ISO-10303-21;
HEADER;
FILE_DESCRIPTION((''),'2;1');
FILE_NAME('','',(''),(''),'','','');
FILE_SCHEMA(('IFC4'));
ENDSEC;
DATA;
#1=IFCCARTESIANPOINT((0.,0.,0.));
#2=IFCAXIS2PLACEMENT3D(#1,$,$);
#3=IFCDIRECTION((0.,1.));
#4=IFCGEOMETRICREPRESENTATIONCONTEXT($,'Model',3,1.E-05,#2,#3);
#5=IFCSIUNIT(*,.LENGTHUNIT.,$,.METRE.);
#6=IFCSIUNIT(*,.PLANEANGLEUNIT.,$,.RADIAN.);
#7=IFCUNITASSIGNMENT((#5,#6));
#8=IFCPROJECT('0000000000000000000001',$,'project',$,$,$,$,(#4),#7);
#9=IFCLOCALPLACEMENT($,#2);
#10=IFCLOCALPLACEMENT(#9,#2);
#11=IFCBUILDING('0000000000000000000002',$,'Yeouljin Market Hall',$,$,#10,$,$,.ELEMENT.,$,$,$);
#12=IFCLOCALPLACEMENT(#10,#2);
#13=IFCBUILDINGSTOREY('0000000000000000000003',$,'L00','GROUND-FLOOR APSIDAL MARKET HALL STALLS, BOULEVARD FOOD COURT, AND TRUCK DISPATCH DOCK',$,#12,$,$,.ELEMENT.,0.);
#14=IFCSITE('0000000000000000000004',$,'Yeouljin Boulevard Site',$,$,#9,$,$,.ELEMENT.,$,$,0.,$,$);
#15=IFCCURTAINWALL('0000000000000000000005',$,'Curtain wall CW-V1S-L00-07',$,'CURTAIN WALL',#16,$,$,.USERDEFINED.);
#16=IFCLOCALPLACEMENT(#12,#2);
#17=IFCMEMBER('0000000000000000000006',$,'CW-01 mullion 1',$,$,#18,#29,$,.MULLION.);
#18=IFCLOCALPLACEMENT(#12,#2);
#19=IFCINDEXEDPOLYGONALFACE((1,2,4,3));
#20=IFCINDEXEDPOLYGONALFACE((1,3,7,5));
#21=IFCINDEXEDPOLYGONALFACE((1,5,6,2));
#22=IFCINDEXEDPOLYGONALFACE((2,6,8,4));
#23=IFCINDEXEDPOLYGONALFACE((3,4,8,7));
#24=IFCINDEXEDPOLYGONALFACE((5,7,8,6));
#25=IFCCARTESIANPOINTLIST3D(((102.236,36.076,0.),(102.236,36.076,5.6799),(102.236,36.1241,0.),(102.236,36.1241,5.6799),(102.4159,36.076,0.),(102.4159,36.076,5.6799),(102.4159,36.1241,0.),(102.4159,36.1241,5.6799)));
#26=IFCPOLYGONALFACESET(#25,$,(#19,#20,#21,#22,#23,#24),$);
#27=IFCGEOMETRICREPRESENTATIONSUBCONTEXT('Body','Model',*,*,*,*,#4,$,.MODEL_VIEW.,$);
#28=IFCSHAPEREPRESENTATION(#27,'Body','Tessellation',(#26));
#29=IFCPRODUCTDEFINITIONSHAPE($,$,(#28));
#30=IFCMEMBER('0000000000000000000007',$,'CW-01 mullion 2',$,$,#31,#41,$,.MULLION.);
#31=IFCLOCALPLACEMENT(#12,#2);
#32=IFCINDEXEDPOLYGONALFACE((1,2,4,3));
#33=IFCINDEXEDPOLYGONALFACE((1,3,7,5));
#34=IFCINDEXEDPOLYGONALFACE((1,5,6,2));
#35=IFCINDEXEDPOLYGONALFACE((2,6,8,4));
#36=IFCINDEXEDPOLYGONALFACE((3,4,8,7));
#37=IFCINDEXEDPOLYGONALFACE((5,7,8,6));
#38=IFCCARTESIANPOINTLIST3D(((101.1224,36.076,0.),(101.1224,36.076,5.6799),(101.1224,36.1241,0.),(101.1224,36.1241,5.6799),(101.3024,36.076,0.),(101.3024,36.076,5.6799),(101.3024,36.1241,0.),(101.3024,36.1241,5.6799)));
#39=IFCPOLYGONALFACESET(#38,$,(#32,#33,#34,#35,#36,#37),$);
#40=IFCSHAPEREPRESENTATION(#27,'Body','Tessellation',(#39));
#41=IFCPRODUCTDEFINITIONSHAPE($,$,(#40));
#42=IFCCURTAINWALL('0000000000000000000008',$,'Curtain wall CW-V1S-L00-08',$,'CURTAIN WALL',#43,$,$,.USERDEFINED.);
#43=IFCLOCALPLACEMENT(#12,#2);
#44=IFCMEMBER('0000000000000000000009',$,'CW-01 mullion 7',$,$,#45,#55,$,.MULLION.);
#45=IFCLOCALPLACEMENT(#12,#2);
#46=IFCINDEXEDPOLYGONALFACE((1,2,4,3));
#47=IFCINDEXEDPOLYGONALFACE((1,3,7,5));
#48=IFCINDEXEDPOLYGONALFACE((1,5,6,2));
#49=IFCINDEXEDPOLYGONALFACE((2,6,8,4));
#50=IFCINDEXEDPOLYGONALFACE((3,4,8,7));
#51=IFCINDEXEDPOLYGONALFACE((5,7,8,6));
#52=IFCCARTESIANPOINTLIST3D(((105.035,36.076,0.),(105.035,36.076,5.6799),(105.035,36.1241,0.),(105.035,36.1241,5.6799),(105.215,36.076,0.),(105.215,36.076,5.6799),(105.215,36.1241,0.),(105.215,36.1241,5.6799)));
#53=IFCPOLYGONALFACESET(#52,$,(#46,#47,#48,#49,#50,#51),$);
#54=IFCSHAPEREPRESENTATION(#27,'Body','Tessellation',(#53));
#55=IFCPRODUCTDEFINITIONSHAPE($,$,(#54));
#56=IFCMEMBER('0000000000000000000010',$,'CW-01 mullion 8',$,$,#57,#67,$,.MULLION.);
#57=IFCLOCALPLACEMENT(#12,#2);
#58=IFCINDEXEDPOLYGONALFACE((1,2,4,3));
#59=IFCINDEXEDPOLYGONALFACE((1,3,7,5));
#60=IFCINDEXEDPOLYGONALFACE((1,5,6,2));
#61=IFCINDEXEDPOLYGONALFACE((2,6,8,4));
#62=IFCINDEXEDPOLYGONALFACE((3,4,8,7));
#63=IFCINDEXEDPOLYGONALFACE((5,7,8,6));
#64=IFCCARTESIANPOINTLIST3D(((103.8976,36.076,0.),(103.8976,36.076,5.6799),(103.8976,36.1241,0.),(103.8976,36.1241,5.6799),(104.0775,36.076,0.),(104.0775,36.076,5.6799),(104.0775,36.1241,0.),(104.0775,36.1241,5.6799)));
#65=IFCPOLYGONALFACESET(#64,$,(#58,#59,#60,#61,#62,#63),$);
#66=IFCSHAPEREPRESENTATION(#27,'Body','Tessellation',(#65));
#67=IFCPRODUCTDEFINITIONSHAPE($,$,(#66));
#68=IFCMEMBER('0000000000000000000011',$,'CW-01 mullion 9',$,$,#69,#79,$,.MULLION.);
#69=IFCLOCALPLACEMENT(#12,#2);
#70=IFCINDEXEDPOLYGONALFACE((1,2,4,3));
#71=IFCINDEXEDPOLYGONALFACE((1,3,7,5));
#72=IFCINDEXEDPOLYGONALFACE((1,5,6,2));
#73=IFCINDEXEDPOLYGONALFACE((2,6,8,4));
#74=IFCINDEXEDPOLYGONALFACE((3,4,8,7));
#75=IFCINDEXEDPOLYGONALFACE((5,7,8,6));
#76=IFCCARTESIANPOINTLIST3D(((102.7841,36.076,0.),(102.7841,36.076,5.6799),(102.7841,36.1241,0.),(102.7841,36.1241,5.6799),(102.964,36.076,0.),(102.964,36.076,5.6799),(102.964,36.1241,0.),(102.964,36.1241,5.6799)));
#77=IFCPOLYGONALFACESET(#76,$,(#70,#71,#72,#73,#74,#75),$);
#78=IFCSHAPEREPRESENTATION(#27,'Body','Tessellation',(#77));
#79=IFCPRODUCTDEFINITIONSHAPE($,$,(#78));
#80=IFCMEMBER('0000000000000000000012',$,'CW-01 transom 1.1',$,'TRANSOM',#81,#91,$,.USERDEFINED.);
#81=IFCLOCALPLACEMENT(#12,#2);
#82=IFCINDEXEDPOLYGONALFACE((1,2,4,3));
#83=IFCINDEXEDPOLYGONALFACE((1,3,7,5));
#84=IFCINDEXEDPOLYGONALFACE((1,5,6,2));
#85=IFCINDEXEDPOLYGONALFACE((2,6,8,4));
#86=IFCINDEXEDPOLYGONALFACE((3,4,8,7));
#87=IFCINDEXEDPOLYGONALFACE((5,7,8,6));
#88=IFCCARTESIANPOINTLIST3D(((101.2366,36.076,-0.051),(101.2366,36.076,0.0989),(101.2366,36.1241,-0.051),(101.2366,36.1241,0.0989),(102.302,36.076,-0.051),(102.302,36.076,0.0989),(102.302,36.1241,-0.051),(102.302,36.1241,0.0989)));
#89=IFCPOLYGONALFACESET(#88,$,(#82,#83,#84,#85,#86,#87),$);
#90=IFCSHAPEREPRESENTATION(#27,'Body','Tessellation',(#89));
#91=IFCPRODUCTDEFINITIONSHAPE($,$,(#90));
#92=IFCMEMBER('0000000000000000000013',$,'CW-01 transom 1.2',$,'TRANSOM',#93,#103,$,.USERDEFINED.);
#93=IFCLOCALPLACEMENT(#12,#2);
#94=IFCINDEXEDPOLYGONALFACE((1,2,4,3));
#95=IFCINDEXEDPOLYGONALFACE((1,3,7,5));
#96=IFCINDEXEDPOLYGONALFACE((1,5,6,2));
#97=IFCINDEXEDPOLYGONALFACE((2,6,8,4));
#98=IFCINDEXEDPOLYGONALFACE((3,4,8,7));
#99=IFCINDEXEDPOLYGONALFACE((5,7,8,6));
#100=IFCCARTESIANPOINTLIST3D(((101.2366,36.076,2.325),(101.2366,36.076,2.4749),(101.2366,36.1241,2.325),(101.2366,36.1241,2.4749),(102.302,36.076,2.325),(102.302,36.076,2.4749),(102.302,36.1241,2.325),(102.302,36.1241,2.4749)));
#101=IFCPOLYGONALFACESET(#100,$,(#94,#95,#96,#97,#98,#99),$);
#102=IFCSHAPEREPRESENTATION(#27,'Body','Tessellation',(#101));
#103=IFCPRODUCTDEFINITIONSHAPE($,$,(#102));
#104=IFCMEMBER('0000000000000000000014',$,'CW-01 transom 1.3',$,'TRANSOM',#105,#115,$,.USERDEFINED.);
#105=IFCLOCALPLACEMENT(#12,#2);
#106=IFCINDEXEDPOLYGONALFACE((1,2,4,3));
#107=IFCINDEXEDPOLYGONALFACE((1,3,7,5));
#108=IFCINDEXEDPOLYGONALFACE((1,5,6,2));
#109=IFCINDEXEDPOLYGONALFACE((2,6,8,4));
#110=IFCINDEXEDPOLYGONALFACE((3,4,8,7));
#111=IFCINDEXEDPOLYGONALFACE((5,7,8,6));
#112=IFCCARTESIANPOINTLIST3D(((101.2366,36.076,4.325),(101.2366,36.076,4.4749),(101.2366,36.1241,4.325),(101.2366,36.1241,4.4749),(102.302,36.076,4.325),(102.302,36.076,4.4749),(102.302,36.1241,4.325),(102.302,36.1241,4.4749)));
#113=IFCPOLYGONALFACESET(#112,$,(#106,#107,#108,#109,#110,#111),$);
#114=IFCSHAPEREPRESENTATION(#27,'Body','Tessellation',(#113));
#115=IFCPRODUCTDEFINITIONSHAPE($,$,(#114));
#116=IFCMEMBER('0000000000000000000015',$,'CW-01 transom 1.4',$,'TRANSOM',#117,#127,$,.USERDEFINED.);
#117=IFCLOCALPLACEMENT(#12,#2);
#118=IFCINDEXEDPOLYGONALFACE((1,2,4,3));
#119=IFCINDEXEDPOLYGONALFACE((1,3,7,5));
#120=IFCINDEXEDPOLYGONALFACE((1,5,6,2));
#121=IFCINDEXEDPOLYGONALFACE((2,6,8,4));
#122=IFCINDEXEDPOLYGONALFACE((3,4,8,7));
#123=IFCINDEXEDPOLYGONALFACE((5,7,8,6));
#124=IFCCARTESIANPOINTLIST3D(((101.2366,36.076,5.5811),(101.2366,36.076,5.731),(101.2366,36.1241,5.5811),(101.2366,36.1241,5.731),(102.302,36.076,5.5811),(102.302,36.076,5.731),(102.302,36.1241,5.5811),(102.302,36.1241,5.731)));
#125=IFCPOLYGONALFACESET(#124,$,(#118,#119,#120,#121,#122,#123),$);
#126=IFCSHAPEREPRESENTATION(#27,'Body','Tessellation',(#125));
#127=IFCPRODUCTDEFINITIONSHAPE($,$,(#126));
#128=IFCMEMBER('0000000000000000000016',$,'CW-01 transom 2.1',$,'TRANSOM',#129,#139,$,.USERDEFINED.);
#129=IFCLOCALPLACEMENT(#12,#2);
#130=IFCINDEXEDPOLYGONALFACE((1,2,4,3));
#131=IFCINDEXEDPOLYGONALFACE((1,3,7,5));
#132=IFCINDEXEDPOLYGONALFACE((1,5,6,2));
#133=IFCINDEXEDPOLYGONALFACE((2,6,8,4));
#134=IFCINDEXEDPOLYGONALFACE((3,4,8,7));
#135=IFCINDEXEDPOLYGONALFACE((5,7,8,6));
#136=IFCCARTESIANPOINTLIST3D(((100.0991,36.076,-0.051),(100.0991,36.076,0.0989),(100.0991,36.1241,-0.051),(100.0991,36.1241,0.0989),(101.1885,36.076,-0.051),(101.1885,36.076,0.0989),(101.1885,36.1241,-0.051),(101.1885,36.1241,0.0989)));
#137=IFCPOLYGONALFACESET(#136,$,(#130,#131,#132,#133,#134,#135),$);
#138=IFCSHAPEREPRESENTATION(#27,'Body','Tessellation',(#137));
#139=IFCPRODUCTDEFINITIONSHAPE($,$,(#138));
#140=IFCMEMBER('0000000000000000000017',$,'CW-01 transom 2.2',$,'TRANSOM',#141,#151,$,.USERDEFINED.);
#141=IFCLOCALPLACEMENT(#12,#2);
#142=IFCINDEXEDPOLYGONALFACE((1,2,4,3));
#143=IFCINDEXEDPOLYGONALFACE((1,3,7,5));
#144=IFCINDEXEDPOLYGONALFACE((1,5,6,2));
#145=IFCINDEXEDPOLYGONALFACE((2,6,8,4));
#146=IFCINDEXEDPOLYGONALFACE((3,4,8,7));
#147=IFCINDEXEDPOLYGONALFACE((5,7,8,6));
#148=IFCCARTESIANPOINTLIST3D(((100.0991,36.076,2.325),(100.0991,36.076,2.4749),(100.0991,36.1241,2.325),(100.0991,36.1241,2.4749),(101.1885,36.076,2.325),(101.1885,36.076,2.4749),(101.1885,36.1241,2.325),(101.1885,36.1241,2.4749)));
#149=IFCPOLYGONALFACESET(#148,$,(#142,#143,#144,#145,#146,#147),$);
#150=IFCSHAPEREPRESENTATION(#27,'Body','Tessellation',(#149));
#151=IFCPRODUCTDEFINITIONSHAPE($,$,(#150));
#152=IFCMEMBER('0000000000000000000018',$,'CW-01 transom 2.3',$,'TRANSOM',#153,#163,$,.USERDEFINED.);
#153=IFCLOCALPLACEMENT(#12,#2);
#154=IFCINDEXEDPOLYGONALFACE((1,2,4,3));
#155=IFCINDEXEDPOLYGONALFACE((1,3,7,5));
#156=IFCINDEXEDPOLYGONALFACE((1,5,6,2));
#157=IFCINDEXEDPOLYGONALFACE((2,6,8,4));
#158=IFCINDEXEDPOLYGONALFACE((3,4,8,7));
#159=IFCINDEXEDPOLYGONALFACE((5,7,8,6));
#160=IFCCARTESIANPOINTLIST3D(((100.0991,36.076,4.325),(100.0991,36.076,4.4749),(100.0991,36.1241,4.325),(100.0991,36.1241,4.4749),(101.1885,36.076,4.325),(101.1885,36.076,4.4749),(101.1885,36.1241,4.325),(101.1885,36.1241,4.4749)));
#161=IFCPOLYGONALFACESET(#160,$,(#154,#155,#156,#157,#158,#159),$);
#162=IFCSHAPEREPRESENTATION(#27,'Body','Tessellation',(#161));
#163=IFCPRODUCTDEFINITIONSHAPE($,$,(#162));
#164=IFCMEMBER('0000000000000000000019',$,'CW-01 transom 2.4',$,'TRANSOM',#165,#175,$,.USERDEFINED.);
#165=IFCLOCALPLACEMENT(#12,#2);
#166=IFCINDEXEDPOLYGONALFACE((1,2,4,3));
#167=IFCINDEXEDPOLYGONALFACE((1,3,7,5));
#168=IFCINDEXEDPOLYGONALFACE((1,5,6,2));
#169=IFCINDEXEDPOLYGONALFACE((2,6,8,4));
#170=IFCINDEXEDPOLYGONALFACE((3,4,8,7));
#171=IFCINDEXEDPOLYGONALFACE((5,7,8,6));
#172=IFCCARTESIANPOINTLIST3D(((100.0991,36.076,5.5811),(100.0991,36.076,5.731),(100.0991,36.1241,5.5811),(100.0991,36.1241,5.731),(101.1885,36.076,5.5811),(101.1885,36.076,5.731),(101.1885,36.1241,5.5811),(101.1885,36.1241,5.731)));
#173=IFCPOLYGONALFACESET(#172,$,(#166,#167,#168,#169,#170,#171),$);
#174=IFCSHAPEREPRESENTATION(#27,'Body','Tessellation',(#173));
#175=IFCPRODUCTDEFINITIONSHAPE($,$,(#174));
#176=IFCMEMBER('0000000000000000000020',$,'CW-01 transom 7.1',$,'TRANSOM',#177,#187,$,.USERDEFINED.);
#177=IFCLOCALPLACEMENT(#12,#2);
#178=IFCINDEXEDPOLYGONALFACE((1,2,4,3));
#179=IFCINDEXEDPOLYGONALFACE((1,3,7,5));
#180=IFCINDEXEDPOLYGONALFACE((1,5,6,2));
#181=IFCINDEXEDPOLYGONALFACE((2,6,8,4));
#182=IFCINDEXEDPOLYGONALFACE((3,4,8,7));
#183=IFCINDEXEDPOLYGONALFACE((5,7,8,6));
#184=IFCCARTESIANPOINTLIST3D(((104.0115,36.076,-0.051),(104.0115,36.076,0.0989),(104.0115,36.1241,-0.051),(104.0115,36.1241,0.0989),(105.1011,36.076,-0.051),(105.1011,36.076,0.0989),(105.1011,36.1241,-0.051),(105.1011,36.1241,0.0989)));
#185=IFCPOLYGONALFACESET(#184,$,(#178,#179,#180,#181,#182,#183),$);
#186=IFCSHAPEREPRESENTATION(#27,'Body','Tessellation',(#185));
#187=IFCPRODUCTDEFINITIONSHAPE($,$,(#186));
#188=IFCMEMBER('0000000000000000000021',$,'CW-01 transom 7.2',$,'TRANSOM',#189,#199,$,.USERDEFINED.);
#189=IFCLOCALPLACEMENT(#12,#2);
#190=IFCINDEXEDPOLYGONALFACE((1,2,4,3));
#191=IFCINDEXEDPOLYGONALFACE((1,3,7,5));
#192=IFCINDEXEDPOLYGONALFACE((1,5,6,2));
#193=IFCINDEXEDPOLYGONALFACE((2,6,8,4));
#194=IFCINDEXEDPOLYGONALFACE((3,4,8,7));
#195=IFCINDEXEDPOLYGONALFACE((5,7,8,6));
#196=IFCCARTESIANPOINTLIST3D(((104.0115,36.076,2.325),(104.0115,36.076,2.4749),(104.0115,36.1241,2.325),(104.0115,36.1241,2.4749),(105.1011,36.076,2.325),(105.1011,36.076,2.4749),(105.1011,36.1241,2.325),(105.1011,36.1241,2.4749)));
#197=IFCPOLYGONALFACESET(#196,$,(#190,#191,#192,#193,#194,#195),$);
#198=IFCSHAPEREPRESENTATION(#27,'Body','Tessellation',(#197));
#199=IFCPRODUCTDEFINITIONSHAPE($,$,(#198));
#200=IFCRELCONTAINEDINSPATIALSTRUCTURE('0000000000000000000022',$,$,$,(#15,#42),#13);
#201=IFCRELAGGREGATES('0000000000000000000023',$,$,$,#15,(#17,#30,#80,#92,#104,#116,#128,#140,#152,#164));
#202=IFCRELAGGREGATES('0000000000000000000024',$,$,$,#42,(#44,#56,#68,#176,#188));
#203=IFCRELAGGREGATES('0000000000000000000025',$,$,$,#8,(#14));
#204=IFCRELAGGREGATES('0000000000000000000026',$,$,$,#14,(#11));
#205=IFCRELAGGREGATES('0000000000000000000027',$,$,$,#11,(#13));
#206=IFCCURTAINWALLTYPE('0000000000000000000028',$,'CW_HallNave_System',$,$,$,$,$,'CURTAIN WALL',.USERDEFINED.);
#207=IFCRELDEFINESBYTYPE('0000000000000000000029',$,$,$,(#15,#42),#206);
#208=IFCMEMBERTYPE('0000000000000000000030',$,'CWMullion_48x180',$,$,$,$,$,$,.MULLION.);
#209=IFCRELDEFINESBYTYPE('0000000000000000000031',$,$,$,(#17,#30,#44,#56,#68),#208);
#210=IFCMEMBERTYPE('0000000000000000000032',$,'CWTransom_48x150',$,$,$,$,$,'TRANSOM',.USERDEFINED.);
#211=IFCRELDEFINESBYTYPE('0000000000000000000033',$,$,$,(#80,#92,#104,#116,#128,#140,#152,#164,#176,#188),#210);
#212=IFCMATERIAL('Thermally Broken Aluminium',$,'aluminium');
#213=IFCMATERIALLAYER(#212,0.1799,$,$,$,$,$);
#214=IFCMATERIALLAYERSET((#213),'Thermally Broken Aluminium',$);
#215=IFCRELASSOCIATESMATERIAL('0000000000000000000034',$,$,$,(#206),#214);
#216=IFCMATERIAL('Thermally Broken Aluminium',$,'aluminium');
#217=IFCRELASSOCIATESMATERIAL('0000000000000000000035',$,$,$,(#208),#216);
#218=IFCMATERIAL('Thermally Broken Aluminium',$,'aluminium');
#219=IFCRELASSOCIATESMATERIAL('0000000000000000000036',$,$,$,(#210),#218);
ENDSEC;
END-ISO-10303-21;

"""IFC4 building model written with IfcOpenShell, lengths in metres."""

from ifc_helpers import new_model, si_unit, direction, frame, origin, origin_2d, place, context, subcontext, project, spatial, rectangle, extrude, material, layer, layer_set, material_profile, profile_set, type_object, element, aggregate, save


model = new_model("IFC4")

# Units and contexts
model_context = context("Model", 3, precision=1e-05, world=origin(), true_north=direction((0.0, 1.0)))
body_context = subcontext(model_context, "Body", "Model", "MODEL_VIEW")
ifc_project = project(units=[si_unit("LENGTHUNIT", "METRE"), si_unit("PLANEANGLEUNIT", "RADIAN")], contexts=[model_context])

# Site, building, storey
site_placement = place(None, origin())
site = spatial("IfcSite", under=ifc_project, at=site_placement, Name="Yeouljin Boulevard Site", CompositionType="ELEMENT", RefElevation=0.0)
building_placement = place(site_placement, origin())
building = spatial("IfcBuilding", under=site, at=building_placement, Name="Yeouljin Market Hall", CompositionType="ELEMENT")
storey_placement = place(building_placement, origin())
storey = spatial("IfcBuildingStorey", under=building, at=storey_placement, Name="L00", Description="GROUND-FLOOR APSIDAL MARKET HALL STALLS, BOULEVARD FOOD COURT, AND TRUCK DISPATCH DOCK", CompositionType="ELEMENT", Elevation=0.0)

# Curtain walls, members
ifc_material_1 = material(Name="Thermally Broken Aluminium", Category="aluminium")
ifc_layer_1 = layer(ifc_material_1, 0.1799)
ifc_layer_set_1 = layer_set([ifc_layer_1], Name="Thermally Broken Aluminium")
curtain_wall_type = type_object("IfcCurtainWallType", Name="CW_HallNave_System", ElementType="CURTAIN WALL", PredefinedType="USERDEFINED", material=ifc_layer_set_1)
curtain_wall_1_placement = place(storey_placement, origin())
curtain_wall_1 = element("IfcCurtainWall", 1, at=curtain_wall_1_placement, inside=storey, type_object=curtain_wall_type, Name="Curtain wall CW-V1S-L00-07", ObjectType="CURTAIN WALL", PredefinedType="USERDEFINED")
ifc_material_2 = material(Name="Thermally Broken Aluminium", Category="aluminium")
ifc_material_profile_1 = material_profile(ifc_material_2, rectangle(XDim=0.0481, YDim=0.1799, at=origin_2d()), Name="CW-MULL-48x180")
ifc_profile_set_1 = profile_set([ifc_material_profile_1], Name="Thermally Broken Aluminium")
member_type_1 = type_object("IfcMemberType", Name="CWMullion_48x180", PredefinedType="MULLION", material=ifc_profile_set_1)
member_1_placement = place(storey_placement, frame((102.3259, 36.1001, 0.0), z_axis=(0.0, 0.0, 1.0), x_axis=(0.0, -1.0, 0.0)))
member_1 = element("IfcMember", 2, at=member_1_placement, type_object=member_type_1, Name="CW-01 mullion 1", PredefinedType="MULLION", context=body_context, shape_type="SweptSolid", body=[
    extrude(rectangle(XDim=0.0481, YDim=0.1799, at=origin_2d()), origin(), (0.0, 0.0, 1.0), 5.6799),
])
member_2_placement = place(storey_placement, frame((101.2124, 36.1001, 0.0), z_axis=(0.0, 0.0, 1.0), x_axis=(0.0, -1.0, 0.0)))
member_2 = element("IfcMember", 3, at=member_2_placement, type_object=member_type_1, Name="CW-01 mullion 2", PredefinedType="MULLION", context=body_context, shape_type="SweptSolid", body=[
    extrude(rectangle(XDim=0.0481, YDim=0.1799, at=origin_2d()), origin(), (0.0, 0.0, 1.0), 5.6799),
])
curtain_wall_2_placement = place(storey_placement, origin())
curtain_wall_2 = element("IfcCurtainWall", 4, at=curtain_wall_2_placement, inside=storey, type_object=curtain_wall_type, Name="Curtain wall CW-V1S-L00-08", ObjectType="CURTAIN WALL", PredefinedType="USERDEFINED")
member_3_placement = place(storey_placement, frame((105.125, 36.1001, 0.0), z_axis=(0.0, 0.0, 1.0), x_axis=(0.0, -1.0, 0.0)))
member_3 = element("IfcMember", 5, at=member_3_placement, type_object=member_type_1, Name="CW-01 mullion 7", PredefinedType="MULLION", context=body_context, shape_type="SweptSolid", body=[
    extrude(rectangle(XDim=0.0481, YDim=0.1799, at=origin_2d()), origin(), (0.0, 0.0, 1.0), 5.6799),
])
member_4_placement = place(storey_placement, frame((103.9875, 36.1001, 0.0), z_axis=(0.0, 0.0, 1.0), x_axis=(0.0, -1.0, 0.0)))
member_4 = element("IfcMember", 6, at=member_4_placement, type_object=member_type_1, Name="CW-01 mullion 8", PredefinedType="MULLION", context=body_context, shape_type="SweptSolid", body=[
    extrude(rectangle(XDim=0.0481, YDim=0.1799, at=origin_2d()), origin(), (0.0, 0.0, 1.0), 5.6799),
])
member_5_placement = place(storey_placement, frame((102.874, 36.1001, 0.0), z_axis=(0.0, 0.0, 1.0), x_axis=(0.0, -1.0, 0.0)))
member_5 = element("IfcMember", 7, at=member_5_placement, type_object=member_type_1, Name="CW-01 mullion 9", PredefinedType="MULLION", context=body_context, shape_type="SweptSolid", body=[
    extrude(rectangle(XDim=0.0481, YDim=0.1799, at=origin_2d()), origin(), (0.0, 0.0, 1.0), 5.6799),
])

# Members
ifc_material_3 = material(Name="Thermally Broken Aluminium", Category="aluminium")
ifc_material_profile_2 = material_profile(ifc_material_3, rectangle(XDim=0.0481, YDim=0.1499, at=origin_2d()), Name="CW-TRAN-48x150")
ifc_profile_set_2 = profile_set([ifc_material_profile_2], Name="Thermally Broken Aluminium")
member_type_2 = type_object("IfcMemberType", Name="CWTransom_48x150", ElementType="TRANSOM", PredefinedType="USERDEFINED", material=ifc_profile_set_2)
member_6_placement = place(storey_placement, frame((102.302, 36.1001, 0.0239), z_axis=(-1.0, 0.0, 0.0), x_axis=(0.0, -1.0, 0.0)))
member_6 = element("IfcMember", 8, at=member_6_placement, type_object=member_type_2, Name="CW-01 transom 1.1", ObjectType="TRANSOM", PredefinedType="USERDEFINED", context=body_context, shape_type="SweptSolid", body=[
    extrude(rectangle(XDim=0.0481, YDim=0.1499, at=origin_2d()), origin(), (0.0, 0.0, 1.0), 1.0654),
])
member_7_placement = place(storey_placement, frame((102.302, 36.1001, 2.3999), z_axis=(-1.0, 0.0, 0.0), x_axis=(0.0, -1.0, 0.0)))
member_7 = element("IfcMember", 9, at=member_7_placement, type_object=member_type_2, Name="CW-01 transom 1.2", ObjectType="TRANSOM", PredefinedType="USERDEFINED", context=body_context, shape_type="SweptSolid", body=[
    extrude(rectangle(XDim=0.0481, YDim=0.1499, at=origin_2d()), origin(), (0.0, 0.0, 1.0), 1.0654),
])
member_8_placement = place(storey_placement, frame((102.302, 36.1001, 4.3999), z_axis=(-1.0, 0.0, 0.0), x_axis=(0.0, -1.0, 0.0)))
member_8 = element("IfcMember", 10, at=member_8_placement, type_object=member_type_2, Name="CW-01 transom 1.3", ObjectType="TRANSOM", PredefinedType="USERDEFINED", context=body_context, shape_type="SweptSolid", body=[
    extrude(rectangle(XDim=0.0481, YDim=0.1499, at=origin_2d()), origin(), (0.0, 0.0, 1.0), 1.0654),
])
member_9_placement = place(storey_placement, frame((102.302, 36.1001, 5.656), z_axis=(-1.0, 0.0, 0.0), x_axis=(0.0, -1.0, 0.0)))
member_9 = element("IfcMember", 11, at=member_9_placement, type_object=member_type_2, Name="CW-01 transom 1.4", ObjectType="TRANSOM", PredefinedType="USERDEFINED", context=body_context, shape_type="SweptSolid", body=[
    extrude(rectangle(XDim=0.0481, YDim=0.1499, at=origin_2d()), origin(), (0.0, 0.0, 1.0), 1.0654),
])
member_10_placement = place(storey_placement, frame((101.1885, 36.1001, 0.0239), z_axis=(-1.0, 0.0, 0.0), x_axis=(0.0, -1.0, 0.0)))
member_10 = element("IfcMember", 12, at=member_10_placement, type_object=member_type_2, Name="CW-01 transom 2.1", ObjectType="TRANSOM", PredefinedType="USERDEFINED", context=body_context, shape_type="SweptSolid", body=[
    extrude(rectangle(XDim=0.0481, YDim=0.1499, at=origin_2d()), origin(), (0.0, 0.0, 1.0), 1.0894),
])
member_11_placement = place(storey_placement, frame((101.1885, 36.1001, 2.3999), z_axis=(-1.0, 0.0, 0.0), x_axis=(0.0, -1.0, 0.0)))
member_11 = element("IfcMember", 13, at=member_11_placement, type_object=member_type_2, Name="CW-01 transom 2.2", ObjectType="TRANSOM", PredefinedType="USERDEFINED", context=body_context, shape_type="SweptSolid", body=[
    extrude(rectangle(XDim=0.0481, YDim=0.1499, at=origin_2d()), origin(), (0.0, 0.0, 1.0), 1.0894),
])
member_12_placement = place(storey_placement, frame((101.1885, 36.1001, 4.3999), z_axis=(-1.0, 0.0, 0.0), x_axis=(0.0, -1.0, 0.0)))
member_12 = element("IfcMember", 14, at=member_12_placement, type_object=member_type_2, Name="CW-01 transom 2.3", ObjectType="TRANSOM", PredefinedType="USERDEFINED", context=body_context, shape_type="SweptSolid", body=[
    extrude(rectangle(XDim=0.0481, YDim=0.1499, at=origin_2d()), origin(), (0.0, 0.0, 1.0), 1.0894),
])
member_13_placement = place(storey_placement, frame((101.1885, 36.1001, 5.656), z_axis=(-1.0, 0.0, 0.0), x_axis=(0.0, -1.0, 0.0)))
member_13 = element("IfcMember", 15, at=member_13_placement, type_object=member_type_2, Name="CW-01 transom 2.4", ObjectType="TRANSOM", PredefinedType="USERDEFINED", context=body_context, shape_type="SweptSolid", body=[
    extrude(rectangle(XDim=0.0481, YDim=0.1499, at=origin_2d()), origin(), (0.0, 0.0, 1.0), 1.0894),
])
member_14_placement = place(storey_placement, frame((105.1011, 36.1001, 0.0239), z_axis=(-1.0, 0.0, 0.0), x_axis=(0.0, -1.0, 0.0)))
member_14 = element("IfcMember", 16, at=member_14_placement, type_object=member_type_2, Name="CW-01 transom 7.1", ObjectType="TRANSOM", PredefinedType="USERDEFINED", context=body_context, shape_type="SweptSolid", body=[
    extrude(rectangle(XDim=0.0481, YDim=0.1499, at=origin_2d()), origin(), (0.0, 0.0, 1.0), 1.0896),
])
member_15_placement = place(storey_placement, frame((105.1011, 36.1001, 2.3999), z_axis=(-1.0, 0.0, 0.0), x_axis=(0.0, -1.0, 0.0)))
member_15 = element("IfcMember", 17, at=member_15_placement, type_object=member_type_2, Name="CW-01 transom 7.2", ObjectType="TRANSOM", PredefinedType="USERDEFINED", context=body_context, shape_type="SweptSolid", body=[
    extrude(rectangle(XDim=0.0481, YDim=0.1499, at=origin_2d()), origin(), (0.0, 0.0, 1.0), 1.0896),
])

aggregate(curtain_wall_1, [member_1, member_2, member_6, member_7, member_8, member_9, member_10, member_11, member_12, member_13])
aggregate(curtain_wall_2, [member_3, member_4, member_5, member_14, member_15])

save(model, "model.ifc")
